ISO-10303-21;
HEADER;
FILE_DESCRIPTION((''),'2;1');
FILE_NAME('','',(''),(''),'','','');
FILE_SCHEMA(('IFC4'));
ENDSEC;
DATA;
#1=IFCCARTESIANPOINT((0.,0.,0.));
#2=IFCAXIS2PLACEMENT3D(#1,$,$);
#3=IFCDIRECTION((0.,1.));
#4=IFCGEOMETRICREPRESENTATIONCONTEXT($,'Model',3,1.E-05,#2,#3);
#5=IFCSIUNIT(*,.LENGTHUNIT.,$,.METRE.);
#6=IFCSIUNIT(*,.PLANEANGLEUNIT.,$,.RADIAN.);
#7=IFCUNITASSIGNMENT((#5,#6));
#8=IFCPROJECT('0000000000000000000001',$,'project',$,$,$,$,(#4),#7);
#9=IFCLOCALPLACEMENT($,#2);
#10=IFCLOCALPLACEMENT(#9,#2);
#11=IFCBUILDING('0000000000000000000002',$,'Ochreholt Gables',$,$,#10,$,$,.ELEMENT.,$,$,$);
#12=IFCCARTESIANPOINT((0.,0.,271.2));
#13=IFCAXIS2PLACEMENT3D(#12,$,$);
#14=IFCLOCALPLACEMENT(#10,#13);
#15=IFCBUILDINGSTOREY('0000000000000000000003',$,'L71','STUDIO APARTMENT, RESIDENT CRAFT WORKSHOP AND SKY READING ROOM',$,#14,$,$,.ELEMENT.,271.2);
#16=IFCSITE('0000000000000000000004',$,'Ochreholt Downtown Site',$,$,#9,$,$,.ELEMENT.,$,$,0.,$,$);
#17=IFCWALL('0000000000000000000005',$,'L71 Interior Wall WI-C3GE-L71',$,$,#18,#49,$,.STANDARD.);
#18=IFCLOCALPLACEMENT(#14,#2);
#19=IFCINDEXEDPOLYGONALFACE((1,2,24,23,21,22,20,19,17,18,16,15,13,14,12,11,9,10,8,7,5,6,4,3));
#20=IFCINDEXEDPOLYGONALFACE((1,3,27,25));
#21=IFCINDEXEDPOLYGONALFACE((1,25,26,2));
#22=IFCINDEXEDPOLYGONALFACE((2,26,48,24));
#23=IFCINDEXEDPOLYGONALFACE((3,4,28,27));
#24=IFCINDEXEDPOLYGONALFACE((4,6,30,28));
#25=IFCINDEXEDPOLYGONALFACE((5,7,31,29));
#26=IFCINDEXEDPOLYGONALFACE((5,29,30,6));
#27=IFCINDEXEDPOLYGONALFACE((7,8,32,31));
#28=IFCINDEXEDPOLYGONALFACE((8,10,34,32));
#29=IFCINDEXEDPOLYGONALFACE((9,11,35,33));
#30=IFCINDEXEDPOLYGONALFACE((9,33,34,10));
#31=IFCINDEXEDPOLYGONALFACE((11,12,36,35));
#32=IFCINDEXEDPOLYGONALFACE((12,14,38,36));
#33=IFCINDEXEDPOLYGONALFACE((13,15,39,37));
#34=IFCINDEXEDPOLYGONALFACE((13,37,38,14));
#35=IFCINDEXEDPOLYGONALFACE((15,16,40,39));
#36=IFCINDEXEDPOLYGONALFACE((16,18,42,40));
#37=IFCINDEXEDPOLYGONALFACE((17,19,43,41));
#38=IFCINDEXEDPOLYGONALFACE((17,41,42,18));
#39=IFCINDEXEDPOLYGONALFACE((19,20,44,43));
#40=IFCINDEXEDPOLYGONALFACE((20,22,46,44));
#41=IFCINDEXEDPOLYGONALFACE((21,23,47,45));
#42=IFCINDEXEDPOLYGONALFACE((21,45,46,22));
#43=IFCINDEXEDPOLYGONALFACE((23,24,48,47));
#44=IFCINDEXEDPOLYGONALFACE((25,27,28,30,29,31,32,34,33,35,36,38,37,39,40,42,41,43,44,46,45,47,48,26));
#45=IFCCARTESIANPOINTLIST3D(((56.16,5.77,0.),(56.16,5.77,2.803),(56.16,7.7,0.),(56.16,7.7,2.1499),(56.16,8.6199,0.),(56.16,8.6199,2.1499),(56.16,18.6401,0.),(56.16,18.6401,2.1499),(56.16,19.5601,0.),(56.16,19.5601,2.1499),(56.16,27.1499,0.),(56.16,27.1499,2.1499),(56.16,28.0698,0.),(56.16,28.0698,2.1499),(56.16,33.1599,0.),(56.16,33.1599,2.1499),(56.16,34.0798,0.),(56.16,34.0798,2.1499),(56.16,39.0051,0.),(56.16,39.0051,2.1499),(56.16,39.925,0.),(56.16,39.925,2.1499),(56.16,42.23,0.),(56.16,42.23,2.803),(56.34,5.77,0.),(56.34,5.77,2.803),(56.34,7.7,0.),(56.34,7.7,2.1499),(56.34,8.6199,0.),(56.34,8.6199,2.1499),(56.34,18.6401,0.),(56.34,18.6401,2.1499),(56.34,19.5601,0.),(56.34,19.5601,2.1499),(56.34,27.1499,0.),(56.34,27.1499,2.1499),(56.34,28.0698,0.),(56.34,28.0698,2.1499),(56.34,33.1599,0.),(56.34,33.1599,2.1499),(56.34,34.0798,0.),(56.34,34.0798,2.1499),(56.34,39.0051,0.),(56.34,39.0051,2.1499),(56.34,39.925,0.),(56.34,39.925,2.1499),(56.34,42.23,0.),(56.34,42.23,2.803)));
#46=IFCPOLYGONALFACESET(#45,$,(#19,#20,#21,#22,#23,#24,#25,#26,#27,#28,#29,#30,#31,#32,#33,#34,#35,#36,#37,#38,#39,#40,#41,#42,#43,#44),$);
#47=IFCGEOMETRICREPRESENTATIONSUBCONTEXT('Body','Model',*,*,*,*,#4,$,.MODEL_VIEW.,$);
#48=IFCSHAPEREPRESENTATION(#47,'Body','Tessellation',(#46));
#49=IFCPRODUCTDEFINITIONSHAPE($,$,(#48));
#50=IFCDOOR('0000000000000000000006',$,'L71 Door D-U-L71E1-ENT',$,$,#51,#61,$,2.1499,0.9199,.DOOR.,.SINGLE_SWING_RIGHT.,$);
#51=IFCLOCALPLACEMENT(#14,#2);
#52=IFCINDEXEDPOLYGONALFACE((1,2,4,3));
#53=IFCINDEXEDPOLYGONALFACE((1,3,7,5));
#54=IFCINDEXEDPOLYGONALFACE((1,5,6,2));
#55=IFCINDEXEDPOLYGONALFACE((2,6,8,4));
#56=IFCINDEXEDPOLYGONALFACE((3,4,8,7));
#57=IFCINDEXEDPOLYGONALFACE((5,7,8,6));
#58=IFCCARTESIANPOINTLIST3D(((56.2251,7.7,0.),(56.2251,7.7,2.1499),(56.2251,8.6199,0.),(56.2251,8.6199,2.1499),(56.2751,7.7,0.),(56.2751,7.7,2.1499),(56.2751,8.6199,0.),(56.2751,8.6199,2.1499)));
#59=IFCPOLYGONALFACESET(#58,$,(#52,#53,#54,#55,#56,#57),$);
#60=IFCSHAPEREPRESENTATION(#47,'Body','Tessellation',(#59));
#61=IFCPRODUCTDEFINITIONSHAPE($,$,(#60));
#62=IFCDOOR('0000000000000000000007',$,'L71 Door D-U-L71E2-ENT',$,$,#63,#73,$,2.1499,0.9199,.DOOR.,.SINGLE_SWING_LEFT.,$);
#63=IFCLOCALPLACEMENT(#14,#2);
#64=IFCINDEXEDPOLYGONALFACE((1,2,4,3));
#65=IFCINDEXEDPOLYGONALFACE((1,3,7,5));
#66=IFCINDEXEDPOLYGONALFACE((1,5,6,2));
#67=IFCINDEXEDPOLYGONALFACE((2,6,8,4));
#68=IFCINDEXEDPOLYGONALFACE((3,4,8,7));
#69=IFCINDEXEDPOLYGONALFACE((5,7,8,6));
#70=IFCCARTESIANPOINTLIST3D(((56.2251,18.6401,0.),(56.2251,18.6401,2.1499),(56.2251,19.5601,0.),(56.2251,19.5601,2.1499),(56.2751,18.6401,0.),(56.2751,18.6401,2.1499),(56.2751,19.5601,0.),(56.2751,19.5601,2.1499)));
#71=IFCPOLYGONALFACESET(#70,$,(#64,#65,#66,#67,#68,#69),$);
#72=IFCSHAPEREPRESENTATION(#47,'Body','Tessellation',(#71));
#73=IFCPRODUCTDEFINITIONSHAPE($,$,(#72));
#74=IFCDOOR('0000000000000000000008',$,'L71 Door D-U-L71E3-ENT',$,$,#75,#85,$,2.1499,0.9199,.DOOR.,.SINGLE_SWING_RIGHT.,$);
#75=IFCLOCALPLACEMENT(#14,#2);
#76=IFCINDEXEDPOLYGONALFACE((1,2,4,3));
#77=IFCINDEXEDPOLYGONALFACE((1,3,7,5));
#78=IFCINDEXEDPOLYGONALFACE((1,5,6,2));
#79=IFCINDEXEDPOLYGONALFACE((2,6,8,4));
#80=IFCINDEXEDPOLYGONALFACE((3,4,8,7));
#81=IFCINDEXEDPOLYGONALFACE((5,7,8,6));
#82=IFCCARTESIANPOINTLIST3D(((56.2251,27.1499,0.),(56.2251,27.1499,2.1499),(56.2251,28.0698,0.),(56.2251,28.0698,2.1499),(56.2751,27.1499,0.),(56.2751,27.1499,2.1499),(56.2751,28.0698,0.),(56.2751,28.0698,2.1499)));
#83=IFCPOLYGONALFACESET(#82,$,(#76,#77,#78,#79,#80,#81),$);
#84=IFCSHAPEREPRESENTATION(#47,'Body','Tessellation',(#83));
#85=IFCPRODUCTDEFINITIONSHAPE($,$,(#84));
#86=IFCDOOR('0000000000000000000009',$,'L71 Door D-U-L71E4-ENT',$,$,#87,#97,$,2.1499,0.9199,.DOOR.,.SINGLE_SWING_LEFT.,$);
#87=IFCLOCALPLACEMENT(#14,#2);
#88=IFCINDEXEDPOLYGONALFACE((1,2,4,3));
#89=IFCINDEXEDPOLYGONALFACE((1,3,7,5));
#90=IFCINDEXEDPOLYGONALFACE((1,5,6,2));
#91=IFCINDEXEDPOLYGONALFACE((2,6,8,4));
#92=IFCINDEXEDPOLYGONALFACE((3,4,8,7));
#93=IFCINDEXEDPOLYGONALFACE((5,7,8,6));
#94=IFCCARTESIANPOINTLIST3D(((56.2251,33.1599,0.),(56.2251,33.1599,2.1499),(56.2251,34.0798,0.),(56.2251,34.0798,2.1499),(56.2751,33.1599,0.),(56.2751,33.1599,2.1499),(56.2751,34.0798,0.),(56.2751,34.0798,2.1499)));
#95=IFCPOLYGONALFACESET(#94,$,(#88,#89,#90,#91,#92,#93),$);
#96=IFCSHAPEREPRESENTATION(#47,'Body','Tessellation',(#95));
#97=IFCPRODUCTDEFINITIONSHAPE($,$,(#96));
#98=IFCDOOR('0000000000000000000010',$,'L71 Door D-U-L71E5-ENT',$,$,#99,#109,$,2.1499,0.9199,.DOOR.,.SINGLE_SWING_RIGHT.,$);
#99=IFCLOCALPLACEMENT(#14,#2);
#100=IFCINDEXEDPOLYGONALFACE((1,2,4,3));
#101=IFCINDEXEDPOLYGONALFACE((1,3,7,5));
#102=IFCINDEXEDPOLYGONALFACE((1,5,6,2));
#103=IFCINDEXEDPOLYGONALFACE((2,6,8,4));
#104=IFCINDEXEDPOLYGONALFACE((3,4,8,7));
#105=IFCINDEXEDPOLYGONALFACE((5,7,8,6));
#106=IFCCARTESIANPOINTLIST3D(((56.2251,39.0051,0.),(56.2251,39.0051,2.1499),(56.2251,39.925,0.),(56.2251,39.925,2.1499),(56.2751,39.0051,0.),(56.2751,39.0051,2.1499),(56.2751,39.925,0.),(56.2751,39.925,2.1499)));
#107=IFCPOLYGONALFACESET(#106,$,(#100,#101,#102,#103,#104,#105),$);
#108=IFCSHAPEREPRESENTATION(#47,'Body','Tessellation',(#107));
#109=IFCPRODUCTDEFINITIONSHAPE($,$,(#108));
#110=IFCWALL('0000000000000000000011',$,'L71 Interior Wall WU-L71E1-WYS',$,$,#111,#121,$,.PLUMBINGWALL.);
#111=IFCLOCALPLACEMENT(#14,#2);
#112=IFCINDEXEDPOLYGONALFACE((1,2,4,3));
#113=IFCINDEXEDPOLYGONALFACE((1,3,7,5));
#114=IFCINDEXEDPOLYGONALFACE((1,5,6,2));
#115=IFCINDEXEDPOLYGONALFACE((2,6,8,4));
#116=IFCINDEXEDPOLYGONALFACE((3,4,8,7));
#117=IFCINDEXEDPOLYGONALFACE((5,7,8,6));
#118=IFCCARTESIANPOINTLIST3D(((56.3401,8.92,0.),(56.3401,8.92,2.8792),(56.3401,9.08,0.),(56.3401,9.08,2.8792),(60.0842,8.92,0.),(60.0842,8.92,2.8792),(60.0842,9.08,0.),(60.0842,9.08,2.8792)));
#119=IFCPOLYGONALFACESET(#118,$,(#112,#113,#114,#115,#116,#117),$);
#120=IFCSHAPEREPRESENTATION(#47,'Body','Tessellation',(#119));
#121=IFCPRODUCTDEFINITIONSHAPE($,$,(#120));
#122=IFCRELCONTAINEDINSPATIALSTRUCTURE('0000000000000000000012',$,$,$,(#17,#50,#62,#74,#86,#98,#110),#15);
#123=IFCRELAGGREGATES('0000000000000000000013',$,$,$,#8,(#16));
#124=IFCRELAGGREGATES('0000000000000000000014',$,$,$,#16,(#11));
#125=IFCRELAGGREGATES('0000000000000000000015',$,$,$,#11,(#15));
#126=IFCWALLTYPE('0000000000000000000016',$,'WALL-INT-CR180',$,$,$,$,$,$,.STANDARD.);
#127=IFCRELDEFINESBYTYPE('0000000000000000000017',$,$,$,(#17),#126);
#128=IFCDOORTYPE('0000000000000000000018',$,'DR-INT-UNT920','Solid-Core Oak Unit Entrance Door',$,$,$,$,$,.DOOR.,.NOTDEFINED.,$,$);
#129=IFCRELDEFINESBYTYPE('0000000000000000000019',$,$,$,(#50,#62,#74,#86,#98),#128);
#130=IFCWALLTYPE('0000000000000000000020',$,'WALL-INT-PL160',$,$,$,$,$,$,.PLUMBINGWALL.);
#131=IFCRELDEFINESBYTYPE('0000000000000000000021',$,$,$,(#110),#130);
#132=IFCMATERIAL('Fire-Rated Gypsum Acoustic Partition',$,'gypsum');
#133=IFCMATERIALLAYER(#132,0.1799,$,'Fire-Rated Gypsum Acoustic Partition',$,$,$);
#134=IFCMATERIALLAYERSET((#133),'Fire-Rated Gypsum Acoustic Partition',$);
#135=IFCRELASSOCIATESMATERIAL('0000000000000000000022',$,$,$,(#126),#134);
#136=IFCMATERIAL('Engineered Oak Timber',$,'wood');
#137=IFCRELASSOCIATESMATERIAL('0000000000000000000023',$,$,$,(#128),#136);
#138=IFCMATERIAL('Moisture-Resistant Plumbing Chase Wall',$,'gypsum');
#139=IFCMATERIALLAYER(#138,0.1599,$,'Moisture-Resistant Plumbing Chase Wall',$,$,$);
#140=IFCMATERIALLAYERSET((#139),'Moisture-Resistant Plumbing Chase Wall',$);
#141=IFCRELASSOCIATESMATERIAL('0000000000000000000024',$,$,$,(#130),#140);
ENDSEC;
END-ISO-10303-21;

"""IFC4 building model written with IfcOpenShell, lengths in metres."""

from ifc_helpers import new_model, si_unit, direction, frame, frame_2d, origin, place, context, subcontext, project, spatial, rectangle, extrude, material, layer, layer_set, type_object, element, fill, save


model = new_model("IFC4")

# Units and contexts
model_context = context("Model", 3, precision=1e-05, world=origin(), true_north=direction((0.0, 1.0)))
body_context = subcontext(model_context, "Body", "Model", "MODEL_VIEW")
ifc_project = project(units=[si_unit("LENGTHUNIT", "METRE"), si_unit("PLANEANGLEUNIT", "RADIAN")], contexts=[model_context])

# Site, building, storey
site_placement = place(None, origin())
site = spatial("IfcSite", under=ifc_project, at=site_placement, Name="Ochreholt Downtown Site", CompositionType="ELEMENT", RefElevation=0.0)
building_placement = place(site_placement, origin())
building = spatial("IfcBuilding", under=site, at=building_placement, Name="Ochreholt Gables", CompositionType="ELEMENT")
storey_placement = place(building_placement, frame((0.0, 0.0, 271.2)))
storey = spatial("IfcBuildingStorey", under=building, at=storey_placement, Name="L71", Description="STUDIO APARTMENT, RESIDENT CRAFT WORKSHOP AND SKY READING ROOM", CompositionType="ELEMENT", Elevation=271.2)

# Shared definitions
ifc_material_1 = material(Name="Fire-Rated Gypsum Acoustic Partition", Category="gypsum")
ifc_layer_1 = layer(ifc_material_1, 0.1799, Name="Fire-Rated Gypsum Acoustic Partition")
ifc_layer_set_1 = layer_set([ifc_layer_1], Name="Fire-Rated Gypsum Acoustic Partition")
wall_type_1 = type_object("IfcWallType", Name="WALL-INT-CR180", PredefinedType="STANDARD", material=ifc_layer_set_1)
ifc_material_2 = material(Name="Engineered Oak Timber", Category="wood")
door_type_1 = type_object("IfcDoorType", Name="DR-INT-UNT920", Description="Solid-Core Oak Unit Entrance Door", OperationType="NOTDEFINED", PredefinedType="DOOR", material=ifc_material_2)

# Wall, openings, doors
wall_1_placement = place(storey_placement, frame((56.25, 5.77, 0.0), z_axis=(0.0, 0.0, 1.0), x_axis=(0.0, 1.0, 0.0)))
wall_1 = element("IfcWall", 1, at=wall_1_placement, inside=storey, type_object=wall_type_1, Name="L71 Interior Wall WI-C3GE-L71", PredefinedType="STANDARD", context=body_context, shape_type="SweptSolid", body=[
    extrude(rectangle(XDim=36.46, YDim=0.1799, at=frame_2d((18.23, 0.0))), origin(), (0.0, 0.0, 1.0), 2.803),
])
opening_1_placement = place(wall_1_placement, frame((1.9299, 0.0, 0.0)))
opening_1 = element("IfcOpeningElement", 2, at=opening_1_placement, cuts=wall_1, PredefinedType="OPENING", context=body_context, shape_type="SweptSolid", body=[
    extrude(rectangle(XDim=0.9199, YDim=2.1499, at=frame_2d((0.46, 1.075))), frame((0.0, 0.0999, 0.0), z_axis=(0.0, -1.0, 0.0), x_axis=(1.0, 0.0, 0.0)), (0.0, 0.0, 1.0), 0.2),
])
opening_2_placement = place(wall_1_placement, frame((12.8701, 0.0, 0.0)))
opening_2 = element("IfcOpeningElement", 3, at=opening_2_placement, cuts=wall_1, PredefinedType="OPENING", context=body_context, shape_type="SweptSolid", body=[
    extrude(rectangle(XDim=0.9199, YDim=2.1499, at=frame_2d((0.46, 1.075))), frame((0.0, 0.0999, 0.0), z_axis=(0.0, -1.0, 0.0), x_axis=(1.0, 0.0, 0.0)), (0.0, 0.0, 1.0), 0.2),
])
opening_3_placement = place(wall_1_placement, frame((21.3799, 0.0, 0.0)))
opening_3 = element("IfcOpeningElement", 4, at=opening_3_placement, cuts=wall_1, PredefinedType="OPENING", context=body_context, shape_type="SweptSolid", body=[
    extrude(rectangle(XDim=0.9199, YDim=2.1499, at=frame_2d((0.46, 1.075))), frame((0.0, 0.0999, 0.0), z_axis=(0.0, -1.0, 0.0), x_axis=(1.0, 0.0, 0.0)), (0.0, 0.0, 1.0), 0.2),
])
opening_4_placement = place(wall_1_placement, frame((27.3899, 0.0, 0.0)))
opening_4 = element("IfcOpeningElement", 5, at=opening_4_placement, cuts=wall_1, PredefinedType="OPENING", context=body_context, shape_type="SweptSolid", body=[
    extrude(rectangle(XDim=0.9199, YDim=2.1499, at=frame_2d((0.46, 1.075))), frame((0.0, 0.0999, 0.0), z_axis=(0.0, -1.0, 0.0), x_axis=(1.0, 0.0, 0.0)), (0.0, 0.0, 1.0), 0.2),
])
opening_5_placement = place(wall_1_placement, frame((33.2351, 0.0, 0.0)))
opening_5 = element("IfcOpeningElement", 6, at=opening_5_placement, cuts=wall_1, PredefinedType="OPENING", context=body_context, shape_type="SweptSolid", body=[
    extrude(rectangle(XDim=0.9199, YDim=2.1499, at=frame_2d((0.46, 1.075))), frame((0.0, 0.0999, 0.0), z_axis=(0.0, -1.0, 0.0), x_axis=(1.0, 0.0, 0.0)), (0.0, 0.0, 1.0), 0.2),
])
door_1_placement = place(opening_1_placement, origin())
door_1 = element("IfcDoor", 7, at=door_1_placement, inside=storey, type_object=door_type_1, Name="L71 Door D-U-L71E1-ENT", OperationType="SINGLE_SWING_RIGHT", OverallHeight=2.1499, OverallWidth=0.9199, PredefinedType="DOOR", context=body_context, shape_type="SweptSolid", body=[
    extrude(rectangle(XDim=0.9199, YDim=2.1499, at=frame_2d((0.46, 1.075))), frame((0.0, 0.0249, 0.0), z_axis=(0.0, -1.0, 0.0), x_axis=(1.0, 0.0, 0.0)), (0.0, 0.0, 1.0), 0.05),
])
fill(opening_1, door_1)
door_2_placement = place(opening_2_placement, origin())
door_2 = element("IfcDoor", 8, at=door_2_placement, inside=storey, type_object=door_type_1, Name="L71 Door D-U-L71E2-ENT", OperationType="SINGLE_SWING_LEFT", OverallHeight=2.1499, OverallWidth=0.9199, PredefinedType="DOOR", context=body_context, shape_type="SweptSolid", body=[
    extrude(rectangle(XDim=0.9199, YDim=2.1499, at=frame_2d((0.46, 1.075))), frame((0.0, 0.0249, 0.0), z_axis=(0.0, -1.0, 0.0), x_axis=(1.0, 0.0, 0.0)), (0.0, 0.0, 1.0), 0.05),
])
fill(opening_2, door_2)
door_3_placement = place(opening_3_placement, origin())
door_3 = element("IfcDoor", 9, at=door_3_placement, inside=storey, type_object=door_type_1, Name="L71 Door D-U-L71E3-ENT", OperationType="SINGLE_SWING_RIGHT", OverallHeight=2.1499, OverallWidth=0.9199, PredefinedType="DOOR", context=body_context, shape_type="SweptSolid", body=[
    extrude(rectangle(XDim=0.9199, YDim=2.1499, at=frame_2d((0.46, 1.075))), frame((0.0, 0.0249, 0.0), z_axis=(0.0, -1.0, 0.0), x_axis=(1.0, 0.0, 0.0)), (0.0, 0.0, 1.0), 0.05),
])
fill(opening_3, door_3)
door_4_placement = place(opening_4_placement, origin())
door_4 = element("IfcDoor", 10, at=door_4_placement, inside=storey, type_object=door_type_1, Name="L71 Door D-U-L71E4-ENT", OperationType="SINGLE_SWING_LEFT", OverallHeight=2.1499, OverallWidth=0.9199, PredefinedType="DOOR", context=body_context, shape_type="SweptSolid", body=[
    extrude(rectangle(XDim=0.9199, YDim=2.1499, at=frame_2d((0.46, 1.075))), frame((0.0, 0.0249, 0.0), z_axis=(0.0, -1.0, 0.0), x_axis=(1.0, 0.0, 0.0)), (0.0, 0.0, 1.0), 0.05),
])
fill(opening_4, door_4)
door_5_placement = place(opening_5_placement, origin())
door_5 = element("IfcDoor", 11, at=door_5_placement, inside=storey, type_object=door_type_1, Name="L71 Door D-U-L71E5-ENT", OperationType="SINGLE_SWING_RIGHT", OverallHeight=2.1499, OverallWidth=0.9199, PredefinedType="DOOR", context=body_context, shape_type="SweptSolid", body=[
    extrude(rectangle(XDim=0.9199, YDim=2.1499, at=frame_2d((0.46, 1.075))), frame((0.0, 0.0249, 0.0), z_axis=(0.0, -1.0, 0.0), x_axis=(1.0, 0.0, 0.0)), (0.0, 0.0, 1.0), 0.05),
])
fill(opening_5, door_5)

# Wall
ifc_material_3 = material(Name="Moisture-Resistant Plumbing Chase Wall", Category="gypsum")
ifc_layer_2 = layer(ifc_material_3, 0.1599, Name="Moisture-Resistant Plumbing Chase Wall")
ifc_layer_set_2 = layer_set([ifc_layer_2], Name="Moisture-Resistant Plumbing Chase Wall")
wall_type_2 = type_object("IfcWallType", Name="WALL-INT-PL160", PredefinedType="PLUMBINGWALL", material=ifc_layer_set_2)
wall_2_placement = place(storey_placement, frame((56.3401, 9.0, 0.0), z_axis=(0.0, 0.0, 1.0), x_axis=(1.0, 0.0, 0.0)))
element("IfcWall", 12, at=wall_2_placement, inside=storey, type_object=wall_type_2, Name="L71 Interior Wall WU-L71E1-WYS", PredefinedType="PLUMBINGWALL", context=body_context, shape_type="SweptSolid", body=[
    extrude(rectangle(XDim=3.7441, YDim=0.1599, at=frame_2d((1.8721, 0.0))), origin(), (0.0, 0.0, 1.0), 2.8792),
])

save(model, "model.ifc")
